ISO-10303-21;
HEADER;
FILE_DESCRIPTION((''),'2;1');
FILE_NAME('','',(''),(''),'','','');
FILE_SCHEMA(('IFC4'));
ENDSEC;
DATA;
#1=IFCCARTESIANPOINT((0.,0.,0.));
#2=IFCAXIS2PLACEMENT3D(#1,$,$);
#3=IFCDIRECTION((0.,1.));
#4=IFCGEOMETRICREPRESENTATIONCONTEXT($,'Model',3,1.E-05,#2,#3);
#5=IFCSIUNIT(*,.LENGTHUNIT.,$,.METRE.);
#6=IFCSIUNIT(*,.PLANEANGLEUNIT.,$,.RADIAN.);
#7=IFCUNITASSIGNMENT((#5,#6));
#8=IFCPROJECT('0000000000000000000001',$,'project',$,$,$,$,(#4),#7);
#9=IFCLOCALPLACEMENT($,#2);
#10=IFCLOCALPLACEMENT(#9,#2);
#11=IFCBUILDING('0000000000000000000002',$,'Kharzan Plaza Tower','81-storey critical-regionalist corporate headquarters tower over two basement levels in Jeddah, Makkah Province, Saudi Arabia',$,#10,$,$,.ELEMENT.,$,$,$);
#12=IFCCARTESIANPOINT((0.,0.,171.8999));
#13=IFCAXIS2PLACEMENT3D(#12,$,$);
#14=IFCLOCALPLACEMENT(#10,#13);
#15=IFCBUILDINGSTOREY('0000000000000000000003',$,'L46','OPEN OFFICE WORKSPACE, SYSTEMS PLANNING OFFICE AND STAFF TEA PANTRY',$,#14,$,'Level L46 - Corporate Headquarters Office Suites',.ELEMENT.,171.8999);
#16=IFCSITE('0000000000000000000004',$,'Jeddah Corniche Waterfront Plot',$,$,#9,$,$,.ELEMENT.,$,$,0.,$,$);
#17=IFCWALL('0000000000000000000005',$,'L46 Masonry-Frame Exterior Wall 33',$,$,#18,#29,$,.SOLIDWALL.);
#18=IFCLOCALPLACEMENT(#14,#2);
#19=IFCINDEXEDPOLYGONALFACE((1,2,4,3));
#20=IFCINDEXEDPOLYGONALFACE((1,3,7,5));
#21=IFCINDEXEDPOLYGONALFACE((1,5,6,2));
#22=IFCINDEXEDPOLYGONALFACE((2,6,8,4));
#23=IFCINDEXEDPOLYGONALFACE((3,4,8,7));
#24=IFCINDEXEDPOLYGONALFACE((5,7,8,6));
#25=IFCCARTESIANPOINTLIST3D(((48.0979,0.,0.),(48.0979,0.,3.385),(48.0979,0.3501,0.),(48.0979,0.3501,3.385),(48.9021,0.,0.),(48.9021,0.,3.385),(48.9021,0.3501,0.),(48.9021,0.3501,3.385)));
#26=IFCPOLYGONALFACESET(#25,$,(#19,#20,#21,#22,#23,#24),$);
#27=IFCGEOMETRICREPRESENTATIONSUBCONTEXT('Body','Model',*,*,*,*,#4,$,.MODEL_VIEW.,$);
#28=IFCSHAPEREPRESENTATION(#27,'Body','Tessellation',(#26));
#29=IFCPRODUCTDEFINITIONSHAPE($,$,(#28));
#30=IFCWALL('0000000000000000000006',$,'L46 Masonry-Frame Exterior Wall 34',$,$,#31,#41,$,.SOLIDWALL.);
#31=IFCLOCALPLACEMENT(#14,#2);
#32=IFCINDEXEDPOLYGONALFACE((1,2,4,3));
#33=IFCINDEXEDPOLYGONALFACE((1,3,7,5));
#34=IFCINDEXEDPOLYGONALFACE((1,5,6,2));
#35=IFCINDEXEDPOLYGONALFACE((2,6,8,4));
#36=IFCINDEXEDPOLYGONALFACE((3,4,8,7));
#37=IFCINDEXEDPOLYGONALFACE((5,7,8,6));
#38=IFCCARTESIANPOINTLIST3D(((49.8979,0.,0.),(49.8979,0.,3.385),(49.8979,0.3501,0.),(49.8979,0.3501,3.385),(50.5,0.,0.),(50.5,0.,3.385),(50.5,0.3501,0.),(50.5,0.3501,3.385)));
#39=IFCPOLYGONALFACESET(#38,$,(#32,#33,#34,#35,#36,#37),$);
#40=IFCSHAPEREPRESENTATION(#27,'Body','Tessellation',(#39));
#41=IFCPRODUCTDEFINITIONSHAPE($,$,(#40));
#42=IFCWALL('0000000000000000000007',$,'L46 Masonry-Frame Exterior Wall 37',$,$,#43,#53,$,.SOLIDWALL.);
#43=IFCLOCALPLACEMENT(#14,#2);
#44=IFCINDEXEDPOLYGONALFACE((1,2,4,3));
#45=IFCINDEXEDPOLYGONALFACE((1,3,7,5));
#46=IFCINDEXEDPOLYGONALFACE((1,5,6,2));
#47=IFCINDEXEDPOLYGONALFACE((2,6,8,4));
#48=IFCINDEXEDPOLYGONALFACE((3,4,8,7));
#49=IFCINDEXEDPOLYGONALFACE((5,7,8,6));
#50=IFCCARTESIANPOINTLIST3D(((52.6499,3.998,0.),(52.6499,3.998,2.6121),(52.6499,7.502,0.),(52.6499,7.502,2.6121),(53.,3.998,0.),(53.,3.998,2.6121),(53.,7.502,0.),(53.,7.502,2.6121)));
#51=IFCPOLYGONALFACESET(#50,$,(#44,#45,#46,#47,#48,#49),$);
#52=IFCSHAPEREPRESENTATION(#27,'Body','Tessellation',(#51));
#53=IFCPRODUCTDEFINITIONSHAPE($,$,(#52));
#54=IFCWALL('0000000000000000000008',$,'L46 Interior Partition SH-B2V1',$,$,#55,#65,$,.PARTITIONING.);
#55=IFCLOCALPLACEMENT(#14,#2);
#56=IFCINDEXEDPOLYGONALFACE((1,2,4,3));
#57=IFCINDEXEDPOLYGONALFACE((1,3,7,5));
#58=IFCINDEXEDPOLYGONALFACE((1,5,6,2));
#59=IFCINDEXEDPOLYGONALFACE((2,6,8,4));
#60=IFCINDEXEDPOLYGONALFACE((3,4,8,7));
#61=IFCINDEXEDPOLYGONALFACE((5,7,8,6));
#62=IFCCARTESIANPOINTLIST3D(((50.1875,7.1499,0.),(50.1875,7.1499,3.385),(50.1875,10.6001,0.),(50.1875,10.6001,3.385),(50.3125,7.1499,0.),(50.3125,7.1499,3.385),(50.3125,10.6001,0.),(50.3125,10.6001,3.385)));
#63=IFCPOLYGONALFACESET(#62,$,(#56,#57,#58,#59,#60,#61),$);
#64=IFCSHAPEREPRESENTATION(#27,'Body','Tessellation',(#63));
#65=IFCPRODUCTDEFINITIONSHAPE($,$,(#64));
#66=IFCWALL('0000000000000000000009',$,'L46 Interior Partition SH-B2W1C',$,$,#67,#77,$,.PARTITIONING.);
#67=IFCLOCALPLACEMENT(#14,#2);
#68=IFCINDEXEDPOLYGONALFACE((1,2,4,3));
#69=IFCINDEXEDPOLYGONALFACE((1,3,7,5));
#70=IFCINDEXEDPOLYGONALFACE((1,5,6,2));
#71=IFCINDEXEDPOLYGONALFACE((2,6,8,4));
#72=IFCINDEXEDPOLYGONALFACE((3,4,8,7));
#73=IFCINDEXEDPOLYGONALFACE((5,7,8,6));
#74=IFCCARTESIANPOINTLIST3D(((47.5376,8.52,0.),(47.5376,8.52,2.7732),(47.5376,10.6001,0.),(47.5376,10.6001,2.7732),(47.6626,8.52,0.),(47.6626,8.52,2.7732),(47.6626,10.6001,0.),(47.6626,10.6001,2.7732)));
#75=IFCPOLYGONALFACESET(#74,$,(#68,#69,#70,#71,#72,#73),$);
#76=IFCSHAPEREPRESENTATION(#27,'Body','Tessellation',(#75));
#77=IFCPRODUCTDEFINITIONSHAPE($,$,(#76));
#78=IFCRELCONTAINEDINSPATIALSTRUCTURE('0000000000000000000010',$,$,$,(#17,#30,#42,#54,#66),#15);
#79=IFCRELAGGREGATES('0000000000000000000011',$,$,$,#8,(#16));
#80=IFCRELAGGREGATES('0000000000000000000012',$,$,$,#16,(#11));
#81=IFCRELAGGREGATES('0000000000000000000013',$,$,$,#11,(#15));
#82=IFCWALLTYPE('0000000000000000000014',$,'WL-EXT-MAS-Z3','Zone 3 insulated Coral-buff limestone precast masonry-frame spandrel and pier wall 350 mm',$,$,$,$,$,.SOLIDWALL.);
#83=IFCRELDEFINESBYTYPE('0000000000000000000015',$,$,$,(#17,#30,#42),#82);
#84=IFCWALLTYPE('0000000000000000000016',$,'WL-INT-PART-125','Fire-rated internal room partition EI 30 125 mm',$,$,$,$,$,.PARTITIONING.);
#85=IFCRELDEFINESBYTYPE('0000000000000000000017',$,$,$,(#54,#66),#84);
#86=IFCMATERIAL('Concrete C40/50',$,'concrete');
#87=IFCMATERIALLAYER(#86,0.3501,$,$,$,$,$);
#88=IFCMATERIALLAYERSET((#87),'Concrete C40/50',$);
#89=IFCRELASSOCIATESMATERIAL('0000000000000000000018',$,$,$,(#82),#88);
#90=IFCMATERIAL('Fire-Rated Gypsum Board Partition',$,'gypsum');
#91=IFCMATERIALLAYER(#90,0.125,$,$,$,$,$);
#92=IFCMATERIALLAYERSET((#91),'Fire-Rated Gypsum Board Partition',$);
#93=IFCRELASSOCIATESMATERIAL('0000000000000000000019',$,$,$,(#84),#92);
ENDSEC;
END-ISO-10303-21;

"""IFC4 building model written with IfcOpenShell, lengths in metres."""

from ifc_helpers import new_model, si_unit, direction, frame, frame_2d, origin, place, context, subcontext, project, spatial, rectangle, extrude, source, transform, mapped, material, layer, layer_set, type_object, element, save


model = new_model("IFC4")

# Units and contexts
model_context = context("Model", 3, precision=1e-05, world=origin(), true_north=direction((0.0, 1.0)))
body_context = subcontext(model_context, "Body", "Model", "MODEL_VIEW")
ifc_project = project(units=[si_unit("LENGTHUNIT", "METRE"), si_unit("PLANEANGLEUNIT", "RADIAN")], contexts=[model_context])

# Site, building, storey
site_placement = place(None, origin())
site = spatial("IfcSite", under=ifc_project, at=site_placement, Name="Jeddah Corniche Waterfront Plot", CompositionType="ELEMENT", RefElevation=0.0)
building_placement = place(site_placement, origin())
building = spatial("IfcBuilding", under=site, at=building_placement, Name="Kharzan Plaza Tower", Description="81-storey critical-regionalist corporate headquarters tower over two basement levels in Jeddah, Makkah Province, Saudi Arabia", CompositionType="ELEMENT")
storey_placement = place(building_placement, frame((0.0, 0.0, 171.8999)))
storey = spatial("IfcBuildingStorey", under=building, at=storey_placement, Name="L46", Description="OPEN OFFICE WORKSPACE, SYSTEMS PLANNING OFFICE AND STAFF TEA PANTRY", LongName="Level L46 - Corporate Headquarters Office Suites", CompositionType="ELEMENT", Elevation=171.8999)

# Shared definitions
ifc_material_1 = material(Name="Concrete C40/50", Category="concrete")
ifc_layer_1 = layer(ifc_material_1, 0.3501)
ifc_layer_set_1 = layer_set([ifc_layer_1], Name="Concrete C40/50")
wall_type_1 = type_object("IfcWallType", Name="WL-EXT-MAS-Z3", Description="Zone 3 insulated Coral-buff limestone precast masonry-frame spandrel and pier wall 350 mm", PredefinedType="SOLIDWALL", material=ifc_layer_set_1)

# Walls
shared_shape_1 = source(origin(), body_context, "Body", "SweptSolid", [
    extrude(rectangle(XDim=0.8042, YDim=0.3501, at=frame_2d((0.4021, 0.0))), origin(), (0.0, 0.0, 1.0), 3.385),
])
wall_1_placement = place(storey_placement, frame((48.0979, 0.175, 0.0), z_axis=(0.0, 0.0, 1.0), x_axis=(1.0, 0.0, 0.0)))
element("IfcWall", 1, at=wall_1_placement, inside=storey, type_object=wall_type_1, Name="L46 Masonry-Frame Exterior Wall 33", PredefinedType="SOLIDWALL", context=body_context, shape_type="MappedRepresentation", body=[
    mapped(shared_shape_1, transform((0.0, 0.0, 0.0), x_axis=(1.0, 0.0, 0.0), y_axis=(0.0, 1.0, 0.0), z_axis=(0.0, 0.0, 1.0))),
])
shared_shape_2 = source(origin(), body_context, "Body", "SweptSolid", [
    extrude(rectangle(XDim=0.6021, YDim=0.3501, at=frame_2d((0.301, 0.0))), origin(), (0.0, 0.0, 1.0), 3.385),
])
wall_2_placement = place(storey_placement, frame((49.8979, 0.175, 0.0), z_axis=(0.0, 0.0, 1.0), x_axis=(1.0, 0.0, 0.0)))
element("IfcWall", 2, at=wall_2_placement, inside=storey, type_object=wall_type_1, Name="L46 Masonry-Frame Exterior Wall 34", PredefinedType="SOLIDWALL", context=body_context, shape_type="MappedRepresentation", body=[
    mapped(shared_shape_2, transform((0.0, 0.0, 0.0), x_axis=(1.0, 0.0, 0.0), y_axis=(0.0, 1.0, 0.0), z_axis=(0.0, 0.0, 1.0))),
])
shared_shape_3 = source(origin(), body_context, "Body", "SweptSolid", [
    extrude(rectangle(XDim=3.5039, YDim=0.3501, at=frame_2d((1.752, 0.0))), origin(), (0.0, 0.0, 1.0), 2.6121),
])
wall_3_placement = place(storey_placement, frame((52.825, 3.998, 0.0), z_axis=(0.0, 0.0, 1.0), x_axis=(0.0, 1.0, 0.0)))
element("IfcWall", 3, at=wall_3_placement, inside=storey, type_object=wall_type_1, Name="L46 Masonry-Frame Exterior Wall 37", PredefinedType="SOLIDWALL", context=body_context, shape_type="MappedRepresentation", body=[
    mapped(shared_shape_3, transform((0.0, 0.0, 0.0), x_axis=(1.0, 0.0, 0.0), y_axis=(0.0, 1.0, 0.0), z_axis=(0.0, 0.0, 1.0))),
])
ifc_material_2 = material(Name="Fire-Rated Gypsum Board Partition", Category="gypsum")
ifc_layer_2 = layer(ifc_material_2, 0.125)
ifc_layer_set_2 = layer_set([ifc_layer_2], Name="Fire-Rated Gypsum Board Partition")
wall_type_2 = type_object("IfcWallType", Name="WL-INT-PART-125", Description="Fire-rated internal room partition EI 30 125 mm", PredefinedType="PARTITIONING", material=ifc_layer_set_2)
shared_shape_4 = source(origin(), body_context, "Body", "SweptSolid", [
    extrude(rectangle(XDim=3.4502, YDim=0.125, at=frame_2d((1.7251, 0.0))), origin(), (0.0, 0.0, 1.0), 3.385),
])
wall_4_placement = place(storey_placement, frame((50.25, 7.1499, 0.0), z_axis=(0.0, 0.0, 1.0), x_axis=(0.0, 1.0, 0.0)))
element("IfcWall", 4, at=wall_4_placement, inside=storey, type_object=wall_type_2, Name="L46 Interior Partition SH-B2V1", PredefinedType="PARTITIONING", context=body_context, shape_type="MappedRepresentation", body=[
    mapped(shared_shape_4, transform((0.0, 0.0, 0.0), x_axis=(1.0, 0.0, 0.0), y_axis=(0.0, 1.0, 0.0), z_axis=(0.0, 0.0, 1.0))),
])
shared_shape_5 = source(origin(), body_context, "Body", "SweptSolid", [
    extrude(rectangle(XDim=2.0801, YDim=0.125, at=frame_2d((1.04, 0.0))), origin(), (0.0, 0.0, 1.0), 2.7732),
])
wall_5_placement = place(storey_placement, frame((47.6001, 8.52, 0.0), z_axis=(0.0, 0.0, 1.0), x_axis=(0.0, 1.0, 0.0)))
element("IfcWall", 5, at=wall_5_placement, inside=storey, type_object=wall_type_2, Name="L46 Interior Partition SH-B2W1C", PredefinedType="PARTITIONING", context=body_context, shape_type="MappedRepresentation", body=[
    mapped(shared_shape_5, transform((0.0, 0.0, 0.0), x_axis=(1.0, 0.0, 0.0), y_axis=(0.0, 1.0, 0.0), z_axis=(0.0, 0.0, 1.0))),
])

save(model, "model.ifc")
